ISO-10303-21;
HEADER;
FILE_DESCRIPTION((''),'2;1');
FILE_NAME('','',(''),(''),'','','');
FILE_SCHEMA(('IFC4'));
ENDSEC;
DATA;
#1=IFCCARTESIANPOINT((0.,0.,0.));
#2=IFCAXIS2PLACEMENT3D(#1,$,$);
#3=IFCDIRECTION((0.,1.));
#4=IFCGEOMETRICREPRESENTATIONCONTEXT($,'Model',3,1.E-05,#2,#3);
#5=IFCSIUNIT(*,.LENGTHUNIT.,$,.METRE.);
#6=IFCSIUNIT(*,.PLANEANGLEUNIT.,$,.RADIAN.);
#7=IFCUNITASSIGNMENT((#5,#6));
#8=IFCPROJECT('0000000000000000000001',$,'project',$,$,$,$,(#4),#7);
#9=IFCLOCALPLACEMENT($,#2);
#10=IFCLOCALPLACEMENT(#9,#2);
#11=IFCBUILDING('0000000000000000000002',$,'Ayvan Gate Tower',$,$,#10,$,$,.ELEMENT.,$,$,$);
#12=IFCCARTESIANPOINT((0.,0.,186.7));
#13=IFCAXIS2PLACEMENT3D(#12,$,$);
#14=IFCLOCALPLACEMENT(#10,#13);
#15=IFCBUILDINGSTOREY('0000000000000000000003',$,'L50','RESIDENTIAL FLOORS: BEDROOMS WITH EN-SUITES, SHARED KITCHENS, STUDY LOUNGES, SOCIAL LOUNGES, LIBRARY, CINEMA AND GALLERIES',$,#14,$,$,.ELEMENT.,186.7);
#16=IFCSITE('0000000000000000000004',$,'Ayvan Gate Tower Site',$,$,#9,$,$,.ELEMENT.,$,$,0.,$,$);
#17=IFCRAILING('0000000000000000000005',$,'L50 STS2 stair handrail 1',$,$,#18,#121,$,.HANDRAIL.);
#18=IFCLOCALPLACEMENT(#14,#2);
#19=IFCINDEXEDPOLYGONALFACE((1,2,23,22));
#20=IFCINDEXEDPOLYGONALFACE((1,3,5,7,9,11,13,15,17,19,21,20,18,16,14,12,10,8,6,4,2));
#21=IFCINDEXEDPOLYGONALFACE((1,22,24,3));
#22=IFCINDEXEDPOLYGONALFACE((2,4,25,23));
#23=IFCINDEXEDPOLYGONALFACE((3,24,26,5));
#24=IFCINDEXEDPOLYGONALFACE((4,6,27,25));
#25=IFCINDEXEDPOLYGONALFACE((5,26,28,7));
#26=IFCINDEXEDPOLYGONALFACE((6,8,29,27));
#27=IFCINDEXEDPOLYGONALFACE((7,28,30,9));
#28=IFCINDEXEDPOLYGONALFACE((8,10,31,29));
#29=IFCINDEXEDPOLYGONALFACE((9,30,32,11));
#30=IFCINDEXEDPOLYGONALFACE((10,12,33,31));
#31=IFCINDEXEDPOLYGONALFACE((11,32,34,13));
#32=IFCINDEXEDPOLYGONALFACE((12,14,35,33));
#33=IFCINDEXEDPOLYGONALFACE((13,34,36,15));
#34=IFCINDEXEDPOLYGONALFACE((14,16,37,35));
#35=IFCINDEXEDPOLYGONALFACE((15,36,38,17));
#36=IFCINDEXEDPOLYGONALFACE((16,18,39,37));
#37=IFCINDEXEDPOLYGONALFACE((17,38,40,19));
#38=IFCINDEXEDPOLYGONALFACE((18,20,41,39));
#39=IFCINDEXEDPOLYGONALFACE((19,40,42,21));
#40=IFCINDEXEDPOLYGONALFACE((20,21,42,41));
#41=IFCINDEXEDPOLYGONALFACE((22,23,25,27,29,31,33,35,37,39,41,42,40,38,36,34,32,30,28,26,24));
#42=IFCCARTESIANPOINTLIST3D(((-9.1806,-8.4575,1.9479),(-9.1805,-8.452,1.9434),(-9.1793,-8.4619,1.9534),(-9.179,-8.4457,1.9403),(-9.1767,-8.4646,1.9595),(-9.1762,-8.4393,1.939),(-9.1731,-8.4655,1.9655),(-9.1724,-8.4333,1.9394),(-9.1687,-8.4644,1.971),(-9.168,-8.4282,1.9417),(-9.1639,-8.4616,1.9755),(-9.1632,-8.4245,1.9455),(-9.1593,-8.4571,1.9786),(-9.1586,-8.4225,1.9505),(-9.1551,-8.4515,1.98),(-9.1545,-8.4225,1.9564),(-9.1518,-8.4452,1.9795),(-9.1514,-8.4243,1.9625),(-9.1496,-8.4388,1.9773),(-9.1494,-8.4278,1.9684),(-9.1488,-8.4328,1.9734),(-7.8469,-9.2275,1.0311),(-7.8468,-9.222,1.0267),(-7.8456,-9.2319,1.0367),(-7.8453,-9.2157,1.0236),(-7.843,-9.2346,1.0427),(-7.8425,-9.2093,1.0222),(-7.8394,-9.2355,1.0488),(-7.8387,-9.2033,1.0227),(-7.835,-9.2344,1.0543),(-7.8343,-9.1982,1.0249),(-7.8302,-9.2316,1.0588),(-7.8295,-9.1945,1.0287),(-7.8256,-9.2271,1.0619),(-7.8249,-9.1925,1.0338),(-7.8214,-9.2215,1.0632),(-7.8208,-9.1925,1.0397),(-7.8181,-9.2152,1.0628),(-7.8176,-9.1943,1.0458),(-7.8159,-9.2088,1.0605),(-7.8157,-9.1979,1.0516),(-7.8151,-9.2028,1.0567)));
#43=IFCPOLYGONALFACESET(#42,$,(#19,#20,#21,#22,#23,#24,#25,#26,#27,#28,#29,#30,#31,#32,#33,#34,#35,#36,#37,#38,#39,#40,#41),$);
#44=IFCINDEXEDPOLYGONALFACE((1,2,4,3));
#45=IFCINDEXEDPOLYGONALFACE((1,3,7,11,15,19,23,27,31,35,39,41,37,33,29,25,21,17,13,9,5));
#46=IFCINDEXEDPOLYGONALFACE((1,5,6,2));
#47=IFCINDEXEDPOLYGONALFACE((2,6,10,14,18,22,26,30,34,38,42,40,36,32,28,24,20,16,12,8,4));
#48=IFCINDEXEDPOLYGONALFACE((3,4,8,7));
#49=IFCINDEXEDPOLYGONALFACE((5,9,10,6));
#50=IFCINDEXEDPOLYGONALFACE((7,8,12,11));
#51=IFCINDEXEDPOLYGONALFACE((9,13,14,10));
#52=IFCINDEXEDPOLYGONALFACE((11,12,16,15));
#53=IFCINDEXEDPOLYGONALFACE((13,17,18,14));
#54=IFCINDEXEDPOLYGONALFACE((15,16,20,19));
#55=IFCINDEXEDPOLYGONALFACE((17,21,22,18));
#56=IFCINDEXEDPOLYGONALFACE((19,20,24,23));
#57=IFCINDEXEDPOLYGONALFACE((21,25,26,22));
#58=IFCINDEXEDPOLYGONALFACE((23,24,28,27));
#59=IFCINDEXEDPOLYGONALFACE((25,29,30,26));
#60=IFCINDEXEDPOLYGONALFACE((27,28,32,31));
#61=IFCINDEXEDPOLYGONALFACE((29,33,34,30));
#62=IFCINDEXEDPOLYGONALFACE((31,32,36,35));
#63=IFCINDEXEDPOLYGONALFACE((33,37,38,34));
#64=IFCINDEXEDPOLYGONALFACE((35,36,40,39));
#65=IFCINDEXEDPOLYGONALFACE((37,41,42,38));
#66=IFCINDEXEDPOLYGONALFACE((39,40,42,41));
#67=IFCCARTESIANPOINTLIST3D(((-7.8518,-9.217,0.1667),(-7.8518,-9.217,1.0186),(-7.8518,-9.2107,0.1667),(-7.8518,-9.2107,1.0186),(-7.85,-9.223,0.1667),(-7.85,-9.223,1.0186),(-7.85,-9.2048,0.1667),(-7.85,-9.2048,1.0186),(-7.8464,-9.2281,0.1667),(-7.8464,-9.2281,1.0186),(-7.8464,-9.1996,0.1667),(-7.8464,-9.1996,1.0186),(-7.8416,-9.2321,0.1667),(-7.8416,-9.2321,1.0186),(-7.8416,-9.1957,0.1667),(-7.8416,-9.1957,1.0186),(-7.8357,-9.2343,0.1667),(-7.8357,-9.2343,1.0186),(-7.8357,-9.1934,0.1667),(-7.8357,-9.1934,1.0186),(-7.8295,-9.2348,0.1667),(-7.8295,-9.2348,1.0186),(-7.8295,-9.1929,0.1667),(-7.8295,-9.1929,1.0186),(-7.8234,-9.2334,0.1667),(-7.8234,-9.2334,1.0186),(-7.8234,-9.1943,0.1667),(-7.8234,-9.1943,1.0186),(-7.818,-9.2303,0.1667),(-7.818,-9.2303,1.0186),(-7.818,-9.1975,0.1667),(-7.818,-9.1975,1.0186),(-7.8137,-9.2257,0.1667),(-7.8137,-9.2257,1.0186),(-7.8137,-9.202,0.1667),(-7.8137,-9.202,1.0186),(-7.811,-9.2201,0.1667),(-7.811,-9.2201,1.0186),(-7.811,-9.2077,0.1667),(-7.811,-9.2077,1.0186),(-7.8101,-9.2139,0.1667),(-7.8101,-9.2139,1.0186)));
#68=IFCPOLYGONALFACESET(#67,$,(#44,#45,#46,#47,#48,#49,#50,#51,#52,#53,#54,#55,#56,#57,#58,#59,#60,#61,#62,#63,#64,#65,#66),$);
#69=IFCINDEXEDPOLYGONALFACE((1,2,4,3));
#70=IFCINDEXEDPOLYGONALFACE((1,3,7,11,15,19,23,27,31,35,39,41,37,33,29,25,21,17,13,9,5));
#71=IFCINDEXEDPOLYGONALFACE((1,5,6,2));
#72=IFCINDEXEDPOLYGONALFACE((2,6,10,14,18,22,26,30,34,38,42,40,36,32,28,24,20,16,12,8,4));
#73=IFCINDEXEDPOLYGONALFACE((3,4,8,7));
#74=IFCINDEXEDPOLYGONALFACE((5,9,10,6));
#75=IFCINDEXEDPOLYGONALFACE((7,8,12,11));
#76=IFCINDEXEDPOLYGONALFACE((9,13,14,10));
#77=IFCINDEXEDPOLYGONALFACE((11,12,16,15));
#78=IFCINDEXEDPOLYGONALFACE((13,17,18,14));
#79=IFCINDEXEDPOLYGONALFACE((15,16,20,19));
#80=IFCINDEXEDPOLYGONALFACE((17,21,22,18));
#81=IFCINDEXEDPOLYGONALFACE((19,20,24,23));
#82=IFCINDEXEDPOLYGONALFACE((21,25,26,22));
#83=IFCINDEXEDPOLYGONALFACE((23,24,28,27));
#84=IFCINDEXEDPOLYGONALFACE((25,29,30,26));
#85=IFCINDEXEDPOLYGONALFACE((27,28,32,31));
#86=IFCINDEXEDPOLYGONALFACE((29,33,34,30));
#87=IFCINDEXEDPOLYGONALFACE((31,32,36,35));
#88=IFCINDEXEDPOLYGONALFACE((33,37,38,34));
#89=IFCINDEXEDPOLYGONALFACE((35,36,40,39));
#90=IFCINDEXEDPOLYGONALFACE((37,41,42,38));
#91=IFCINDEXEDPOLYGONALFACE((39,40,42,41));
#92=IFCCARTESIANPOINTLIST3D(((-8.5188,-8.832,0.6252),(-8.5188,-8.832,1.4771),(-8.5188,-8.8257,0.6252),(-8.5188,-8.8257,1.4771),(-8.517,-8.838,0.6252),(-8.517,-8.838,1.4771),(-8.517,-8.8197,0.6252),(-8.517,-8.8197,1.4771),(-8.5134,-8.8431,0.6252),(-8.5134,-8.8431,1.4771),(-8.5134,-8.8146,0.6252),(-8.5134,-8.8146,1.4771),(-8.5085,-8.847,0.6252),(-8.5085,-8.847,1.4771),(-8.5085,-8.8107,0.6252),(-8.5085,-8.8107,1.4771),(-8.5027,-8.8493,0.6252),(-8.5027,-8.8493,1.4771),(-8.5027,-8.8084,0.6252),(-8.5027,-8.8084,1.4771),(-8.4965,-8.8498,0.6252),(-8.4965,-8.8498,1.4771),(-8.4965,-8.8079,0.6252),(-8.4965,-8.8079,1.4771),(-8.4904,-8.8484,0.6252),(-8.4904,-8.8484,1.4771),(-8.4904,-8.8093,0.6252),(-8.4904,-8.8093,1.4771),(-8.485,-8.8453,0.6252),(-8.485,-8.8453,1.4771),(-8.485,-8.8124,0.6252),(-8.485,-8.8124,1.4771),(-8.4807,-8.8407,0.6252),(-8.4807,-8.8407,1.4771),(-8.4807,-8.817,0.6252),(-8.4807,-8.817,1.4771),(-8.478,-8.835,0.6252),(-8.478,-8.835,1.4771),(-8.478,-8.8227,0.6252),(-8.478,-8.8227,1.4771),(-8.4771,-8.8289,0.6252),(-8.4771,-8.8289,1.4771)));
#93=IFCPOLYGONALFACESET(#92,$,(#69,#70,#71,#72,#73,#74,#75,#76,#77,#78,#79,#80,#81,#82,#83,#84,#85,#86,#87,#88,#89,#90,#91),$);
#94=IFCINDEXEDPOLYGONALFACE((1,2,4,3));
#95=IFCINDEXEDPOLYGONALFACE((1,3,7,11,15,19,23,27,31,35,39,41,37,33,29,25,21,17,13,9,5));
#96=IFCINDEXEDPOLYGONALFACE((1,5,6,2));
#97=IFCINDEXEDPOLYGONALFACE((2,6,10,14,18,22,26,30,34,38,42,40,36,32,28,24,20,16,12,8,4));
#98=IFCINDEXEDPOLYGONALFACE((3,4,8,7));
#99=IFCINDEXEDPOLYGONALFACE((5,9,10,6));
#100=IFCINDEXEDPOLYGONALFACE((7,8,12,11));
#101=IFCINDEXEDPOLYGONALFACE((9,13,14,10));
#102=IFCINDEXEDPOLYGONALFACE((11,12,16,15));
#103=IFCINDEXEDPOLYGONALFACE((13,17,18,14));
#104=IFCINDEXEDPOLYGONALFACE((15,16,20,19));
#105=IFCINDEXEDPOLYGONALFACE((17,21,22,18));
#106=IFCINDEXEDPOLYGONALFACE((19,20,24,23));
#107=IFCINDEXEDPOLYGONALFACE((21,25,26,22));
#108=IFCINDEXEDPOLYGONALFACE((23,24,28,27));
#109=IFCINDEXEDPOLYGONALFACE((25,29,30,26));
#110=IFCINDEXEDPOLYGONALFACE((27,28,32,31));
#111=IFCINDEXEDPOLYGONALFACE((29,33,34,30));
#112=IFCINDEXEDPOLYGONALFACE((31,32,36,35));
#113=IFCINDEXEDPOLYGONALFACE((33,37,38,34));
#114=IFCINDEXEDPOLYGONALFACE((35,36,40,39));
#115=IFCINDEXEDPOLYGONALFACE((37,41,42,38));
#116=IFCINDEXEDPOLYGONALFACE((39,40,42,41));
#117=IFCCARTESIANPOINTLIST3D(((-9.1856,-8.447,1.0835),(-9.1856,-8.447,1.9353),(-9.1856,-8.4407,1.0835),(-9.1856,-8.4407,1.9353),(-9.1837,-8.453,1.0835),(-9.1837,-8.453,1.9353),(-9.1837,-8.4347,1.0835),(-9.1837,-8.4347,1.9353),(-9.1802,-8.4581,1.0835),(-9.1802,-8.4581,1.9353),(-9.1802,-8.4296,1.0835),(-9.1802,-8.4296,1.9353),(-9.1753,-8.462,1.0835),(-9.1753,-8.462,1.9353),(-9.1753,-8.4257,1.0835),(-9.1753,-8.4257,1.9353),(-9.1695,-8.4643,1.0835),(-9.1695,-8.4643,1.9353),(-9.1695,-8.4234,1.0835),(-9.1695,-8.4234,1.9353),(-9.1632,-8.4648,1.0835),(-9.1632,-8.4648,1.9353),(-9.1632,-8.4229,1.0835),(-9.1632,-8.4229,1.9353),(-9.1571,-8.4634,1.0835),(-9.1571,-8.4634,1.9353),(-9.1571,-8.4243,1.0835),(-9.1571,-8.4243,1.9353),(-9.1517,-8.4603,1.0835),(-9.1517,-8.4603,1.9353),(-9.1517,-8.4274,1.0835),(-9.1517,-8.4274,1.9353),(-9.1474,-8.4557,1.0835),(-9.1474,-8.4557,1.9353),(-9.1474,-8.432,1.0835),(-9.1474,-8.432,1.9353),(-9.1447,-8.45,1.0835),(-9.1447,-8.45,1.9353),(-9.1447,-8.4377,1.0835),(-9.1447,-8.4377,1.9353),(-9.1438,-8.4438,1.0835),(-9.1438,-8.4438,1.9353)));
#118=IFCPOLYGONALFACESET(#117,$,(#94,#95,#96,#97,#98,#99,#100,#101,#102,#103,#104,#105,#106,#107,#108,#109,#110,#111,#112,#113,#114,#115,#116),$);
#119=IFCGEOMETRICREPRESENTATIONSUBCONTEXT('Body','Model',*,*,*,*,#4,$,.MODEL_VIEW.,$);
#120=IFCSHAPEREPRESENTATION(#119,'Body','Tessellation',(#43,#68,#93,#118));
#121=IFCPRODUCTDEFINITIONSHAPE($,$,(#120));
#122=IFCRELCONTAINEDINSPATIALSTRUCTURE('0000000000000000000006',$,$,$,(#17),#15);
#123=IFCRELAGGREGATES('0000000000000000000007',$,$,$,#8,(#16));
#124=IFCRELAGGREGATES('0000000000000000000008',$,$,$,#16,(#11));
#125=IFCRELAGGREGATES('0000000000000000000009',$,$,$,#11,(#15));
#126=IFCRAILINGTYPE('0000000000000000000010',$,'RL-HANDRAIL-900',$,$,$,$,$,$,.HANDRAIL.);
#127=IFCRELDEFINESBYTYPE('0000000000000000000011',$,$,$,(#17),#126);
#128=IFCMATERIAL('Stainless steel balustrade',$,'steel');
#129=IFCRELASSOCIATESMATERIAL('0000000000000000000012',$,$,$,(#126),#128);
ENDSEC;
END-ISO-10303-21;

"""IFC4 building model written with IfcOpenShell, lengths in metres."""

from ifc_helpers import new_model, si_unit, direction, frame, origin, origin_2d, place, context, subcontext, project, spatial, circle, extrude, material, type_object, element, save


model = new_model("IFC4")

# Units and contexts
model_context = context("Model", 3, precision=1e-05, world=origin(), true_north=direction((0.0, 1.0)))
body_context = subcontext(model_context, "Body", "Model", "MODEL_VIEW")
ifc_project = project(units=[si_unit("LENGTHUNIT", "METRE"), si_unit("PLANEANGLEUNIT", "RADIAN")], contexts=[model_context])

# Site, building, storey
site_placement = place(None, origin())
site = spatial("IfcSite", under=ifc_project, at=site_placement, Name="Ayvan Gate Tower Site", CompositionType="ELEMENT", RefElevation=0.0)
building_placement = place(site_placement, origin())
building = spatial("IfcBuilding", under=site, at=building_placement, Name="Ayvan Gate Tower", CompositionType="ELEMENT")
storey_placement = place(building_placement, frame((0.0, 0.0, 186.7)))
storey = spatial("IfcBuildingStorey", under=building, at=storey_placement, Name="L50", Description="RESIDENTIAL FLOORS: BEDROOMS WITH EN-SUITES, SHARED KITCHENS, STUDY LOUNGES, SOCIAL LOUNGES, LIBRARY, CINEMA AND GALLERIES", CompositionType="ELEMENT", Elevation=186.7)

# Railing
ifc_material_1 = material(Name="Stainless steel balustrade", Category="steel")
railing_type_1 = type_object("IfcRailingType", Name="RL-HANDRAIL-900", PredefinedType="HANDRAIL", material=ifc_material_1)
railing_1_placement = place(storey_placement, frame((-7.8311, -9.2139, 0.1667)))
element("IfcRailing", 1, at=railing_1_placement, inside=storey, type_object=railing_type_1, Name="L50 STS2 stair handrail 1", PredefinedType="HANDRAIL", context=body_context, shape_type="SweptSolid", body=[
    extrude(circle(Radius=0.0239, at=origin_2d()), frame((0.0, 0.0, 0.876), z_axis=(-0.744164, 0.429634, 0.511502), x_axis=(-0.499992, -0.86603, 0.0)), (0.0, 0.0, 1.0), 1.7922),
    extrude(circle(Radius=0.021, at=origin_2d()), origin(), (0.0, 0.0, 1.0), 0.8518),
    extrude(circle(Radius=0.021, at=origin_2d()), frame((-0.667, 0.385, 0.4585)), (0.0, 0.0, 1.0), 0.8518),
    extrude(circle(Radius=0.021, at=origin_2d()), frame((-1.3337, 0.77, 0.9167)), (0.0, 0.0, 1.0), 0.8518),
])

save(model, "model.ifc")
